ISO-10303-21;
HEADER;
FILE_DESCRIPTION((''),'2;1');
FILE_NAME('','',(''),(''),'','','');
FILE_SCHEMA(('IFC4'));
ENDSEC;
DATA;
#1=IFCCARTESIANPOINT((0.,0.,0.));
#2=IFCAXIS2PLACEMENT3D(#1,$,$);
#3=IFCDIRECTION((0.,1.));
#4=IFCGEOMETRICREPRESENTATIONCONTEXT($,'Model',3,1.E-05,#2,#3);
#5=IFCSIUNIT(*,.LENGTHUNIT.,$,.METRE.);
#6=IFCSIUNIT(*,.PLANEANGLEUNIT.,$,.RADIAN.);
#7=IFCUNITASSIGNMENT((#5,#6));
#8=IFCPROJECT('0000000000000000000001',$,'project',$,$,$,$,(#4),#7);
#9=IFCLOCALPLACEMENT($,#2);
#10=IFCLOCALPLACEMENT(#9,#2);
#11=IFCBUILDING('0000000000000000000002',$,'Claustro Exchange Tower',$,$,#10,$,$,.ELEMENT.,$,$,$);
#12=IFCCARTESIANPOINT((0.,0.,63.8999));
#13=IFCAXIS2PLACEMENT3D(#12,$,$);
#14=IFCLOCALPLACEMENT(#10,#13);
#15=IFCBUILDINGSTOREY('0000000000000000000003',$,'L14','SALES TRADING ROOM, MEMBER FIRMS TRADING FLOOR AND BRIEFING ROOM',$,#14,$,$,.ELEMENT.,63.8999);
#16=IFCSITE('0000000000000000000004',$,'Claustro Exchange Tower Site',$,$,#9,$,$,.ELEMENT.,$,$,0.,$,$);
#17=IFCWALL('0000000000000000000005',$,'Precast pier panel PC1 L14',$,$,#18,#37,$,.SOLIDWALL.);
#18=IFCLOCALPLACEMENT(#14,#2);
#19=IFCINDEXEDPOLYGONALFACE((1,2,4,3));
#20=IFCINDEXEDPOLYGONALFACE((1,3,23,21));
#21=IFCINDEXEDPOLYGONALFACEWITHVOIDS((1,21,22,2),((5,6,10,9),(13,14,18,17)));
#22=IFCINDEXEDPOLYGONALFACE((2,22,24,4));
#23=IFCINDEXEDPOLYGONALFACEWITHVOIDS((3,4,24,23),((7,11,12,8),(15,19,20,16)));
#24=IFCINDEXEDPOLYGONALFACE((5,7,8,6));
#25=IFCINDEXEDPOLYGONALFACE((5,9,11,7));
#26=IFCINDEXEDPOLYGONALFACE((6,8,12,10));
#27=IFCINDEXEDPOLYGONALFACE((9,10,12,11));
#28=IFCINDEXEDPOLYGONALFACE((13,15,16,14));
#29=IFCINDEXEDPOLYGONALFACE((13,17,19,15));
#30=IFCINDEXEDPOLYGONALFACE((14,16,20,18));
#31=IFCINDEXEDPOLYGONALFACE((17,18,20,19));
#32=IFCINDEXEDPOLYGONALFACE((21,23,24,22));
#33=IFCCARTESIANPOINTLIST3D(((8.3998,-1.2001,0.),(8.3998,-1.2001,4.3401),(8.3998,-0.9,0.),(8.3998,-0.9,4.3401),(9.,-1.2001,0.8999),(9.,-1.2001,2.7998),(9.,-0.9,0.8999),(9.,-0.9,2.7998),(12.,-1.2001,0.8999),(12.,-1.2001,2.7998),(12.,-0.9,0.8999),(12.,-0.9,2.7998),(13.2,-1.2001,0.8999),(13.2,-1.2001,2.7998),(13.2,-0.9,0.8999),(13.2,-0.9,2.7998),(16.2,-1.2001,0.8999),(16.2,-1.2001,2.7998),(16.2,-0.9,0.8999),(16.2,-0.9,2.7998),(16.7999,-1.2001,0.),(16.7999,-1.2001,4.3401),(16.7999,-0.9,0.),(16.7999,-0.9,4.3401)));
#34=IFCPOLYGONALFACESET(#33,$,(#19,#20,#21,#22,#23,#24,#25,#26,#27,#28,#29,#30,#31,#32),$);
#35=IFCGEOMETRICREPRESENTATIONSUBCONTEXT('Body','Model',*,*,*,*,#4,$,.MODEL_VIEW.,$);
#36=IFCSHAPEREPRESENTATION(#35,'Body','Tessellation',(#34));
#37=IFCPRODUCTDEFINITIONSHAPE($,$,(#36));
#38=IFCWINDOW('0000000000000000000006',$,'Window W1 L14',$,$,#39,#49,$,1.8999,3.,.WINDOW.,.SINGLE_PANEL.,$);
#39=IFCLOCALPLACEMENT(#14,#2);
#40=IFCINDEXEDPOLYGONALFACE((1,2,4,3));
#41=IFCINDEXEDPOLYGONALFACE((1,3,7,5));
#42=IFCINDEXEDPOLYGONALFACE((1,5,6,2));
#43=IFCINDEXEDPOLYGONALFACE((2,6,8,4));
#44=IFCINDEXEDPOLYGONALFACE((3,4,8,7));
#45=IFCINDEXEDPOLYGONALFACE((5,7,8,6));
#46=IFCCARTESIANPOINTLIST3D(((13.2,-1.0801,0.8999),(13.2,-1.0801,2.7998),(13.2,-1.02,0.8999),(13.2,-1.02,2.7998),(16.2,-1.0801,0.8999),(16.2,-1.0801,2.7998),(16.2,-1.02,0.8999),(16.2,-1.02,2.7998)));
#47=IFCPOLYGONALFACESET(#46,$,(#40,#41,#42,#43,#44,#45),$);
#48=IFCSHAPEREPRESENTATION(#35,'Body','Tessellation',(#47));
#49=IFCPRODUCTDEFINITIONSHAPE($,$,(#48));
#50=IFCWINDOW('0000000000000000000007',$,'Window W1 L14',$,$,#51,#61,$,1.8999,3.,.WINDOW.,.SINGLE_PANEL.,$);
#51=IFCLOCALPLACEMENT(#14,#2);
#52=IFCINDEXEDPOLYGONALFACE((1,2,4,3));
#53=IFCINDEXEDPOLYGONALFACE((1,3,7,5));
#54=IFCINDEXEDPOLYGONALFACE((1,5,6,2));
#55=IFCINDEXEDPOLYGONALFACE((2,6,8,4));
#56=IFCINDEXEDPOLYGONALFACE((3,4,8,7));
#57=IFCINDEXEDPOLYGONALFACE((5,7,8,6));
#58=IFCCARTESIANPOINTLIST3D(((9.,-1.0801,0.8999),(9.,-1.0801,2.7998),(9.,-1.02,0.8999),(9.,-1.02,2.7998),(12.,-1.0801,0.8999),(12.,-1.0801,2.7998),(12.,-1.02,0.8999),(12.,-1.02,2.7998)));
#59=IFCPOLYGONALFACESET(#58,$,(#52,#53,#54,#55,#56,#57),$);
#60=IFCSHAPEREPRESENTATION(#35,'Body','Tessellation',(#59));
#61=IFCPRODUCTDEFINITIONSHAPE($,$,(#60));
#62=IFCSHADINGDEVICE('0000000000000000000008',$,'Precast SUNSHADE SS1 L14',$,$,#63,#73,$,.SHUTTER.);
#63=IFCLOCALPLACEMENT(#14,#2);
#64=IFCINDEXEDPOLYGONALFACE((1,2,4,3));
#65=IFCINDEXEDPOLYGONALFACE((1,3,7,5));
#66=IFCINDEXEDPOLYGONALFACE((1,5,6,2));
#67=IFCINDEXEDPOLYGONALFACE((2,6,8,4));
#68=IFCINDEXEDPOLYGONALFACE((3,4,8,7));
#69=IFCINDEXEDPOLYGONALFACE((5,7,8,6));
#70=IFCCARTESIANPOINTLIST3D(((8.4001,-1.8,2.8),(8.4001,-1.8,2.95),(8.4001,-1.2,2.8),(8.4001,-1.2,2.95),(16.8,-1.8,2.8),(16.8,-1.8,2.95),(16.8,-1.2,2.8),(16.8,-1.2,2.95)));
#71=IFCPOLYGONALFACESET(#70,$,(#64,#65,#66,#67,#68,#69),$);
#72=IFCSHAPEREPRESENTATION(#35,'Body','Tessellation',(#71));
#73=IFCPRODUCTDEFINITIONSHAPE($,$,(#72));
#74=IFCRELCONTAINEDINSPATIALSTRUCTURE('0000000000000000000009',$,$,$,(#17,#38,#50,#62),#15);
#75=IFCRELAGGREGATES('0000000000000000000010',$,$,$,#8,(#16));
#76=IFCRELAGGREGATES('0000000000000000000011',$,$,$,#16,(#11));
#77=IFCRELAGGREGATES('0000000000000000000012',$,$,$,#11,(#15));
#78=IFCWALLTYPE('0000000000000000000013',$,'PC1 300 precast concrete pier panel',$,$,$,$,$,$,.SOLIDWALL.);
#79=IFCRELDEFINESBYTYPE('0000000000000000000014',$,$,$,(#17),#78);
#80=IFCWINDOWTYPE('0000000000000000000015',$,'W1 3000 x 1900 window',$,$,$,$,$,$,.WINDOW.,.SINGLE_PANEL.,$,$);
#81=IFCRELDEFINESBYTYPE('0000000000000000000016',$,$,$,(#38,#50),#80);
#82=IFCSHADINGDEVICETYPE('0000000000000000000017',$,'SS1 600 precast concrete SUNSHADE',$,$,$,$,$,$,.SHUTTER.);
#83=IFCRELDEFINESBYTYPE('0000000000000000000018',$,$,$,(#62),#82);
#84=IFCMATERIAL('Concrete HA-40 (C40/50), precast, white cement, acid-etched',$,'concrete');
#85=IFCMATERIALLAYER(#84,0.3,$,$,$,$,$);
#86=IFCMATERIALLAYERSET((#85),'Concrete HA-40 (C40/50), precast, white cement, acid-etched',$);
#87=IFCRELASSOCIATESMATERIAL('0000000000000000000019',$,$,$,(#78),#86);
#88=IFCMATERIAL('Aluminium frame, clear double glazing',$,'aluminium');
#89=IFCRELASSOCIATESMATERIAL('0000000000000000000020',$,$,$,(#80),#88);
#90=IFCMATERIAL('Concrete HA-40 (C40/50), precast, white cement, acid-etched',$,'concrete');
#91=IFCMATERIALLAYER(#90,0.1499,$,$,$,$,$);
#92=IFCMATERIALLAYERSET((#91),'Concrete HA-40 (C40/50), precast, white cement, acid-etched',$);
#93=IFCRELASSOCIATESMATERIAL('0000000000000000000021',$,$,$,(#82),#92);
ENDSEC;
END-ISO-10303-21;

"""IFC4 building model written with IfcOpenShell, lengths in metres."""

from ifc_helpers import new_model, si_unit, direction, frame, frame_2d, origin, origin_2d, place, context, subcontext, project, spatial, rectangle, extrude, material, layer, layer_set, type_object, element, fill, save


model = new_model("IFC4")

# Units and contexts
model_context = context("Model", 3, precision=1e-05, world=origin(), true_north=direction((0.0, 1.0)))
body_context = subcontext(model_context, "Body", "Model", "MODEL_VIEW")
ifc_project = project(units=[si_unit("LENGTHUNIT", "METRE"), si_unit("PLANEANGLEUNIT", "RADIAN")], contexts=[model_context])

# Site, building, storey
site_placement = place(None, origin())
site = spatial("IfcSite", under=ifc_project, at=site_placement, Name="Claustro Exchange Tower Site", CompositionType="ELEMENT", RefElevation=0.0)
building_placement = place(site_placement, origin())
building = spatial("IfcBuilding", under=site, at=building_placement, Name="Claustro Exchange Tower", CompositionType="ELEMENT")
storey_placement = place(building_placement, frame((0.0, 0.0, 63.8999)))
storey = spatial("IfcBuildingStorey", under=building, at=storey_placement, Name="L14", Description="SALES TRADING ROOM, MEMBER FIRMS TRADING FLOOR AND BRIEFING ROOM", CompositionType="ELEMENT", Elevation=63.8999)

# Wall, openings, windows
ifc_material_1 = material(Name="Concrete HA-40 (C40/50), precast, white cement, acid-etched", Category="concrete")
ifc_layer_1 = layer(ifc_material_1, 0.3)
ifc_layer_set_1 = layer_set([ifc_layer_1], Name="Concrete HA-40 (C40/50), precast, white cement, acid-etched")
wall_type_1 = type_object("IfcWallType", Name="PC1 300 precast concrete pier panel", PredefinedType="SOLIDWALL", material=ifc_layer_set_1)
wall_1_placement = place(storey_placement, frame((16.8, -1.05, 0.0), z_axis=(0.0, 0.0, 1.0), x_axis=(-1.0, 0.0, 0.0)))
wall_1 = element("IfcWall", 1, at=wall_1_placement, inside=storey, type_object=wall_type_1, Name="Precast pier panel PC1 L14", PredefinedType="SOLIDWALL", context=body_context, shape_type="SweptSolid", body=[
    extrude(rectangle(XDim=8.4001, YDim=0.3, at=frame_2d((4.2002, 0.0))), origin(), (0.0, 0.0, 1.0), 4.3401),
])
opening_1_placement = place(wall_1_placement, frame((0.6001, 0.0, 0.8999)))
opening_1 = element("IfcOpeningElement", 2, at=opening_1_placement, cuts=wall_1, PredefinedType="OPENING", context=body_context, shape_type="SweptSolid", body=[
    extrude(rectangle(XDim=3.0, YDim=1.8999, at=frame_2d((1.5, 0.95))), frame((0.0, 0.1599, 0.0), z_axis=(0.0, -1.0, 0.0), x_axis=(1.0, 0.0, 0.0)), (0.0, 0.0, 1.0), 0.3201),
])
opening_2_placement = place(wall_1_placement, frame((4.8, 0.0, 0.8999)))
opening_2 = element("IfcOpeningElement", 3, at=opening_2_placement, cuts=wall_1, PredefinedType="OPENING", context=body_context, shape_type="SweptSolid", body=[
    extrude(rectangle(XDim=3.0, YDim=1.8999, at=frame_2d((1.5, 0.95))), frame((0.0, 0.1599, 0.0), z_axis=(0.0, -1.0, 0.0), x_axis=(1.0, 0.0, 0.0)), (0.0, 0.0, 1.0), 0.3201),
])
ifc_material_2 = material(Name="Aluminium frame, clear double glazing", Category="aluminium")
window_type = type_object("IfcWindowType", Name="W1 3000 x 1900 window", PartitioningType="SINGLE_PANEL", PredefinedType="WINDOW", material=ifc_material_2)
window_1_placement = place(opening_1_placement, origin())
window_1 = element("IfcWindow", 4, at=window_1_placement, inside=storey, type_object=window_type, Name="Window W1 L14", OverallHeight=1.8999, OverallWidth=3.0, PartitioningType="SINGLE_PANEL", PredefinedType="WINDOW", context=body_context, shape_type="SweptSolid", body=[
    extrude(rectangle(XDim=3.0, YDim=1.8999, at=frame_2d((1.5, 0.95))), frame((0.0, 0.03, 0.0), z_axis=(0.0, -1.0, 0.0), x_axis=(1.0, 0.0, 0.0)), (0.0, 0.0, 1.0), 0.0601),
])
fill(opening_1, window_1)
window_2_placement = place(opening_2_placement, origin())
window_2 = element("IfcWindow", 5, at=window_2_placement, inside=storey, type_object=window_type, Name="Window W1 L14", OverallHeight=1.8999, OverallWidth=3.0, PartitioningType="SINGLE_PANEL", PredefinedType="WINDOW", context=body_context, shape_type="SweptSolid", body=[
    extrude(rectangle(XDim=3.0, YDim=1.8999, at=frame_2d((1.5, 0.95))), frame((0.0, 0.03, 0.0), z_axis=(0.0, -1.0, 0.0), x_axis=(1.0, 0.0, 0.0)), (0.0, 0.0, 1.0), 0.0601),
])
fill(opening_2, window_2)

# Shading device
ifc_material_3 = material(Name="Concrete HA-40 (C40/50), precast, white cement, acid-etched", Category="concrete")
ifc_layer_2 = layer(ifc_material_3, 0.1499)
ifc_layer_set_2 = layer_set([ifc_layer_2], Name="Concrete HA-40 (C40/50), precast, white cement, acid-etched")
shading_device_type = type_object("IfcShadingDeviceType", Name="SS1 600 precast concrete SUNSHADE", PredefinedType="SHUTTER", material=ifc_layer_set_2)
shading_device_placement = place(storey_placement, frame((12.6001, -1.5, 2.8), z_axis=(0.0, 0.0, 1.0), x_axis=(-1.0, 0.0, 0.0)))
element("IfcShadingDevice", 6, at=shading_device_placement, inside=storey, type_object=shading_device_type, Name="Precast SUNSHADE SS1 L14", PredefinedType="SHUTTER", context=body_context, shape_type="SweptSolid", body=[
    extrude(rectangle(XDim=8.3999, YDim=0.6001, at=origin_2d()), origin(), (0.0, 0.0, 1.0), 0.1499),
])

save(model, "model.ifc")
